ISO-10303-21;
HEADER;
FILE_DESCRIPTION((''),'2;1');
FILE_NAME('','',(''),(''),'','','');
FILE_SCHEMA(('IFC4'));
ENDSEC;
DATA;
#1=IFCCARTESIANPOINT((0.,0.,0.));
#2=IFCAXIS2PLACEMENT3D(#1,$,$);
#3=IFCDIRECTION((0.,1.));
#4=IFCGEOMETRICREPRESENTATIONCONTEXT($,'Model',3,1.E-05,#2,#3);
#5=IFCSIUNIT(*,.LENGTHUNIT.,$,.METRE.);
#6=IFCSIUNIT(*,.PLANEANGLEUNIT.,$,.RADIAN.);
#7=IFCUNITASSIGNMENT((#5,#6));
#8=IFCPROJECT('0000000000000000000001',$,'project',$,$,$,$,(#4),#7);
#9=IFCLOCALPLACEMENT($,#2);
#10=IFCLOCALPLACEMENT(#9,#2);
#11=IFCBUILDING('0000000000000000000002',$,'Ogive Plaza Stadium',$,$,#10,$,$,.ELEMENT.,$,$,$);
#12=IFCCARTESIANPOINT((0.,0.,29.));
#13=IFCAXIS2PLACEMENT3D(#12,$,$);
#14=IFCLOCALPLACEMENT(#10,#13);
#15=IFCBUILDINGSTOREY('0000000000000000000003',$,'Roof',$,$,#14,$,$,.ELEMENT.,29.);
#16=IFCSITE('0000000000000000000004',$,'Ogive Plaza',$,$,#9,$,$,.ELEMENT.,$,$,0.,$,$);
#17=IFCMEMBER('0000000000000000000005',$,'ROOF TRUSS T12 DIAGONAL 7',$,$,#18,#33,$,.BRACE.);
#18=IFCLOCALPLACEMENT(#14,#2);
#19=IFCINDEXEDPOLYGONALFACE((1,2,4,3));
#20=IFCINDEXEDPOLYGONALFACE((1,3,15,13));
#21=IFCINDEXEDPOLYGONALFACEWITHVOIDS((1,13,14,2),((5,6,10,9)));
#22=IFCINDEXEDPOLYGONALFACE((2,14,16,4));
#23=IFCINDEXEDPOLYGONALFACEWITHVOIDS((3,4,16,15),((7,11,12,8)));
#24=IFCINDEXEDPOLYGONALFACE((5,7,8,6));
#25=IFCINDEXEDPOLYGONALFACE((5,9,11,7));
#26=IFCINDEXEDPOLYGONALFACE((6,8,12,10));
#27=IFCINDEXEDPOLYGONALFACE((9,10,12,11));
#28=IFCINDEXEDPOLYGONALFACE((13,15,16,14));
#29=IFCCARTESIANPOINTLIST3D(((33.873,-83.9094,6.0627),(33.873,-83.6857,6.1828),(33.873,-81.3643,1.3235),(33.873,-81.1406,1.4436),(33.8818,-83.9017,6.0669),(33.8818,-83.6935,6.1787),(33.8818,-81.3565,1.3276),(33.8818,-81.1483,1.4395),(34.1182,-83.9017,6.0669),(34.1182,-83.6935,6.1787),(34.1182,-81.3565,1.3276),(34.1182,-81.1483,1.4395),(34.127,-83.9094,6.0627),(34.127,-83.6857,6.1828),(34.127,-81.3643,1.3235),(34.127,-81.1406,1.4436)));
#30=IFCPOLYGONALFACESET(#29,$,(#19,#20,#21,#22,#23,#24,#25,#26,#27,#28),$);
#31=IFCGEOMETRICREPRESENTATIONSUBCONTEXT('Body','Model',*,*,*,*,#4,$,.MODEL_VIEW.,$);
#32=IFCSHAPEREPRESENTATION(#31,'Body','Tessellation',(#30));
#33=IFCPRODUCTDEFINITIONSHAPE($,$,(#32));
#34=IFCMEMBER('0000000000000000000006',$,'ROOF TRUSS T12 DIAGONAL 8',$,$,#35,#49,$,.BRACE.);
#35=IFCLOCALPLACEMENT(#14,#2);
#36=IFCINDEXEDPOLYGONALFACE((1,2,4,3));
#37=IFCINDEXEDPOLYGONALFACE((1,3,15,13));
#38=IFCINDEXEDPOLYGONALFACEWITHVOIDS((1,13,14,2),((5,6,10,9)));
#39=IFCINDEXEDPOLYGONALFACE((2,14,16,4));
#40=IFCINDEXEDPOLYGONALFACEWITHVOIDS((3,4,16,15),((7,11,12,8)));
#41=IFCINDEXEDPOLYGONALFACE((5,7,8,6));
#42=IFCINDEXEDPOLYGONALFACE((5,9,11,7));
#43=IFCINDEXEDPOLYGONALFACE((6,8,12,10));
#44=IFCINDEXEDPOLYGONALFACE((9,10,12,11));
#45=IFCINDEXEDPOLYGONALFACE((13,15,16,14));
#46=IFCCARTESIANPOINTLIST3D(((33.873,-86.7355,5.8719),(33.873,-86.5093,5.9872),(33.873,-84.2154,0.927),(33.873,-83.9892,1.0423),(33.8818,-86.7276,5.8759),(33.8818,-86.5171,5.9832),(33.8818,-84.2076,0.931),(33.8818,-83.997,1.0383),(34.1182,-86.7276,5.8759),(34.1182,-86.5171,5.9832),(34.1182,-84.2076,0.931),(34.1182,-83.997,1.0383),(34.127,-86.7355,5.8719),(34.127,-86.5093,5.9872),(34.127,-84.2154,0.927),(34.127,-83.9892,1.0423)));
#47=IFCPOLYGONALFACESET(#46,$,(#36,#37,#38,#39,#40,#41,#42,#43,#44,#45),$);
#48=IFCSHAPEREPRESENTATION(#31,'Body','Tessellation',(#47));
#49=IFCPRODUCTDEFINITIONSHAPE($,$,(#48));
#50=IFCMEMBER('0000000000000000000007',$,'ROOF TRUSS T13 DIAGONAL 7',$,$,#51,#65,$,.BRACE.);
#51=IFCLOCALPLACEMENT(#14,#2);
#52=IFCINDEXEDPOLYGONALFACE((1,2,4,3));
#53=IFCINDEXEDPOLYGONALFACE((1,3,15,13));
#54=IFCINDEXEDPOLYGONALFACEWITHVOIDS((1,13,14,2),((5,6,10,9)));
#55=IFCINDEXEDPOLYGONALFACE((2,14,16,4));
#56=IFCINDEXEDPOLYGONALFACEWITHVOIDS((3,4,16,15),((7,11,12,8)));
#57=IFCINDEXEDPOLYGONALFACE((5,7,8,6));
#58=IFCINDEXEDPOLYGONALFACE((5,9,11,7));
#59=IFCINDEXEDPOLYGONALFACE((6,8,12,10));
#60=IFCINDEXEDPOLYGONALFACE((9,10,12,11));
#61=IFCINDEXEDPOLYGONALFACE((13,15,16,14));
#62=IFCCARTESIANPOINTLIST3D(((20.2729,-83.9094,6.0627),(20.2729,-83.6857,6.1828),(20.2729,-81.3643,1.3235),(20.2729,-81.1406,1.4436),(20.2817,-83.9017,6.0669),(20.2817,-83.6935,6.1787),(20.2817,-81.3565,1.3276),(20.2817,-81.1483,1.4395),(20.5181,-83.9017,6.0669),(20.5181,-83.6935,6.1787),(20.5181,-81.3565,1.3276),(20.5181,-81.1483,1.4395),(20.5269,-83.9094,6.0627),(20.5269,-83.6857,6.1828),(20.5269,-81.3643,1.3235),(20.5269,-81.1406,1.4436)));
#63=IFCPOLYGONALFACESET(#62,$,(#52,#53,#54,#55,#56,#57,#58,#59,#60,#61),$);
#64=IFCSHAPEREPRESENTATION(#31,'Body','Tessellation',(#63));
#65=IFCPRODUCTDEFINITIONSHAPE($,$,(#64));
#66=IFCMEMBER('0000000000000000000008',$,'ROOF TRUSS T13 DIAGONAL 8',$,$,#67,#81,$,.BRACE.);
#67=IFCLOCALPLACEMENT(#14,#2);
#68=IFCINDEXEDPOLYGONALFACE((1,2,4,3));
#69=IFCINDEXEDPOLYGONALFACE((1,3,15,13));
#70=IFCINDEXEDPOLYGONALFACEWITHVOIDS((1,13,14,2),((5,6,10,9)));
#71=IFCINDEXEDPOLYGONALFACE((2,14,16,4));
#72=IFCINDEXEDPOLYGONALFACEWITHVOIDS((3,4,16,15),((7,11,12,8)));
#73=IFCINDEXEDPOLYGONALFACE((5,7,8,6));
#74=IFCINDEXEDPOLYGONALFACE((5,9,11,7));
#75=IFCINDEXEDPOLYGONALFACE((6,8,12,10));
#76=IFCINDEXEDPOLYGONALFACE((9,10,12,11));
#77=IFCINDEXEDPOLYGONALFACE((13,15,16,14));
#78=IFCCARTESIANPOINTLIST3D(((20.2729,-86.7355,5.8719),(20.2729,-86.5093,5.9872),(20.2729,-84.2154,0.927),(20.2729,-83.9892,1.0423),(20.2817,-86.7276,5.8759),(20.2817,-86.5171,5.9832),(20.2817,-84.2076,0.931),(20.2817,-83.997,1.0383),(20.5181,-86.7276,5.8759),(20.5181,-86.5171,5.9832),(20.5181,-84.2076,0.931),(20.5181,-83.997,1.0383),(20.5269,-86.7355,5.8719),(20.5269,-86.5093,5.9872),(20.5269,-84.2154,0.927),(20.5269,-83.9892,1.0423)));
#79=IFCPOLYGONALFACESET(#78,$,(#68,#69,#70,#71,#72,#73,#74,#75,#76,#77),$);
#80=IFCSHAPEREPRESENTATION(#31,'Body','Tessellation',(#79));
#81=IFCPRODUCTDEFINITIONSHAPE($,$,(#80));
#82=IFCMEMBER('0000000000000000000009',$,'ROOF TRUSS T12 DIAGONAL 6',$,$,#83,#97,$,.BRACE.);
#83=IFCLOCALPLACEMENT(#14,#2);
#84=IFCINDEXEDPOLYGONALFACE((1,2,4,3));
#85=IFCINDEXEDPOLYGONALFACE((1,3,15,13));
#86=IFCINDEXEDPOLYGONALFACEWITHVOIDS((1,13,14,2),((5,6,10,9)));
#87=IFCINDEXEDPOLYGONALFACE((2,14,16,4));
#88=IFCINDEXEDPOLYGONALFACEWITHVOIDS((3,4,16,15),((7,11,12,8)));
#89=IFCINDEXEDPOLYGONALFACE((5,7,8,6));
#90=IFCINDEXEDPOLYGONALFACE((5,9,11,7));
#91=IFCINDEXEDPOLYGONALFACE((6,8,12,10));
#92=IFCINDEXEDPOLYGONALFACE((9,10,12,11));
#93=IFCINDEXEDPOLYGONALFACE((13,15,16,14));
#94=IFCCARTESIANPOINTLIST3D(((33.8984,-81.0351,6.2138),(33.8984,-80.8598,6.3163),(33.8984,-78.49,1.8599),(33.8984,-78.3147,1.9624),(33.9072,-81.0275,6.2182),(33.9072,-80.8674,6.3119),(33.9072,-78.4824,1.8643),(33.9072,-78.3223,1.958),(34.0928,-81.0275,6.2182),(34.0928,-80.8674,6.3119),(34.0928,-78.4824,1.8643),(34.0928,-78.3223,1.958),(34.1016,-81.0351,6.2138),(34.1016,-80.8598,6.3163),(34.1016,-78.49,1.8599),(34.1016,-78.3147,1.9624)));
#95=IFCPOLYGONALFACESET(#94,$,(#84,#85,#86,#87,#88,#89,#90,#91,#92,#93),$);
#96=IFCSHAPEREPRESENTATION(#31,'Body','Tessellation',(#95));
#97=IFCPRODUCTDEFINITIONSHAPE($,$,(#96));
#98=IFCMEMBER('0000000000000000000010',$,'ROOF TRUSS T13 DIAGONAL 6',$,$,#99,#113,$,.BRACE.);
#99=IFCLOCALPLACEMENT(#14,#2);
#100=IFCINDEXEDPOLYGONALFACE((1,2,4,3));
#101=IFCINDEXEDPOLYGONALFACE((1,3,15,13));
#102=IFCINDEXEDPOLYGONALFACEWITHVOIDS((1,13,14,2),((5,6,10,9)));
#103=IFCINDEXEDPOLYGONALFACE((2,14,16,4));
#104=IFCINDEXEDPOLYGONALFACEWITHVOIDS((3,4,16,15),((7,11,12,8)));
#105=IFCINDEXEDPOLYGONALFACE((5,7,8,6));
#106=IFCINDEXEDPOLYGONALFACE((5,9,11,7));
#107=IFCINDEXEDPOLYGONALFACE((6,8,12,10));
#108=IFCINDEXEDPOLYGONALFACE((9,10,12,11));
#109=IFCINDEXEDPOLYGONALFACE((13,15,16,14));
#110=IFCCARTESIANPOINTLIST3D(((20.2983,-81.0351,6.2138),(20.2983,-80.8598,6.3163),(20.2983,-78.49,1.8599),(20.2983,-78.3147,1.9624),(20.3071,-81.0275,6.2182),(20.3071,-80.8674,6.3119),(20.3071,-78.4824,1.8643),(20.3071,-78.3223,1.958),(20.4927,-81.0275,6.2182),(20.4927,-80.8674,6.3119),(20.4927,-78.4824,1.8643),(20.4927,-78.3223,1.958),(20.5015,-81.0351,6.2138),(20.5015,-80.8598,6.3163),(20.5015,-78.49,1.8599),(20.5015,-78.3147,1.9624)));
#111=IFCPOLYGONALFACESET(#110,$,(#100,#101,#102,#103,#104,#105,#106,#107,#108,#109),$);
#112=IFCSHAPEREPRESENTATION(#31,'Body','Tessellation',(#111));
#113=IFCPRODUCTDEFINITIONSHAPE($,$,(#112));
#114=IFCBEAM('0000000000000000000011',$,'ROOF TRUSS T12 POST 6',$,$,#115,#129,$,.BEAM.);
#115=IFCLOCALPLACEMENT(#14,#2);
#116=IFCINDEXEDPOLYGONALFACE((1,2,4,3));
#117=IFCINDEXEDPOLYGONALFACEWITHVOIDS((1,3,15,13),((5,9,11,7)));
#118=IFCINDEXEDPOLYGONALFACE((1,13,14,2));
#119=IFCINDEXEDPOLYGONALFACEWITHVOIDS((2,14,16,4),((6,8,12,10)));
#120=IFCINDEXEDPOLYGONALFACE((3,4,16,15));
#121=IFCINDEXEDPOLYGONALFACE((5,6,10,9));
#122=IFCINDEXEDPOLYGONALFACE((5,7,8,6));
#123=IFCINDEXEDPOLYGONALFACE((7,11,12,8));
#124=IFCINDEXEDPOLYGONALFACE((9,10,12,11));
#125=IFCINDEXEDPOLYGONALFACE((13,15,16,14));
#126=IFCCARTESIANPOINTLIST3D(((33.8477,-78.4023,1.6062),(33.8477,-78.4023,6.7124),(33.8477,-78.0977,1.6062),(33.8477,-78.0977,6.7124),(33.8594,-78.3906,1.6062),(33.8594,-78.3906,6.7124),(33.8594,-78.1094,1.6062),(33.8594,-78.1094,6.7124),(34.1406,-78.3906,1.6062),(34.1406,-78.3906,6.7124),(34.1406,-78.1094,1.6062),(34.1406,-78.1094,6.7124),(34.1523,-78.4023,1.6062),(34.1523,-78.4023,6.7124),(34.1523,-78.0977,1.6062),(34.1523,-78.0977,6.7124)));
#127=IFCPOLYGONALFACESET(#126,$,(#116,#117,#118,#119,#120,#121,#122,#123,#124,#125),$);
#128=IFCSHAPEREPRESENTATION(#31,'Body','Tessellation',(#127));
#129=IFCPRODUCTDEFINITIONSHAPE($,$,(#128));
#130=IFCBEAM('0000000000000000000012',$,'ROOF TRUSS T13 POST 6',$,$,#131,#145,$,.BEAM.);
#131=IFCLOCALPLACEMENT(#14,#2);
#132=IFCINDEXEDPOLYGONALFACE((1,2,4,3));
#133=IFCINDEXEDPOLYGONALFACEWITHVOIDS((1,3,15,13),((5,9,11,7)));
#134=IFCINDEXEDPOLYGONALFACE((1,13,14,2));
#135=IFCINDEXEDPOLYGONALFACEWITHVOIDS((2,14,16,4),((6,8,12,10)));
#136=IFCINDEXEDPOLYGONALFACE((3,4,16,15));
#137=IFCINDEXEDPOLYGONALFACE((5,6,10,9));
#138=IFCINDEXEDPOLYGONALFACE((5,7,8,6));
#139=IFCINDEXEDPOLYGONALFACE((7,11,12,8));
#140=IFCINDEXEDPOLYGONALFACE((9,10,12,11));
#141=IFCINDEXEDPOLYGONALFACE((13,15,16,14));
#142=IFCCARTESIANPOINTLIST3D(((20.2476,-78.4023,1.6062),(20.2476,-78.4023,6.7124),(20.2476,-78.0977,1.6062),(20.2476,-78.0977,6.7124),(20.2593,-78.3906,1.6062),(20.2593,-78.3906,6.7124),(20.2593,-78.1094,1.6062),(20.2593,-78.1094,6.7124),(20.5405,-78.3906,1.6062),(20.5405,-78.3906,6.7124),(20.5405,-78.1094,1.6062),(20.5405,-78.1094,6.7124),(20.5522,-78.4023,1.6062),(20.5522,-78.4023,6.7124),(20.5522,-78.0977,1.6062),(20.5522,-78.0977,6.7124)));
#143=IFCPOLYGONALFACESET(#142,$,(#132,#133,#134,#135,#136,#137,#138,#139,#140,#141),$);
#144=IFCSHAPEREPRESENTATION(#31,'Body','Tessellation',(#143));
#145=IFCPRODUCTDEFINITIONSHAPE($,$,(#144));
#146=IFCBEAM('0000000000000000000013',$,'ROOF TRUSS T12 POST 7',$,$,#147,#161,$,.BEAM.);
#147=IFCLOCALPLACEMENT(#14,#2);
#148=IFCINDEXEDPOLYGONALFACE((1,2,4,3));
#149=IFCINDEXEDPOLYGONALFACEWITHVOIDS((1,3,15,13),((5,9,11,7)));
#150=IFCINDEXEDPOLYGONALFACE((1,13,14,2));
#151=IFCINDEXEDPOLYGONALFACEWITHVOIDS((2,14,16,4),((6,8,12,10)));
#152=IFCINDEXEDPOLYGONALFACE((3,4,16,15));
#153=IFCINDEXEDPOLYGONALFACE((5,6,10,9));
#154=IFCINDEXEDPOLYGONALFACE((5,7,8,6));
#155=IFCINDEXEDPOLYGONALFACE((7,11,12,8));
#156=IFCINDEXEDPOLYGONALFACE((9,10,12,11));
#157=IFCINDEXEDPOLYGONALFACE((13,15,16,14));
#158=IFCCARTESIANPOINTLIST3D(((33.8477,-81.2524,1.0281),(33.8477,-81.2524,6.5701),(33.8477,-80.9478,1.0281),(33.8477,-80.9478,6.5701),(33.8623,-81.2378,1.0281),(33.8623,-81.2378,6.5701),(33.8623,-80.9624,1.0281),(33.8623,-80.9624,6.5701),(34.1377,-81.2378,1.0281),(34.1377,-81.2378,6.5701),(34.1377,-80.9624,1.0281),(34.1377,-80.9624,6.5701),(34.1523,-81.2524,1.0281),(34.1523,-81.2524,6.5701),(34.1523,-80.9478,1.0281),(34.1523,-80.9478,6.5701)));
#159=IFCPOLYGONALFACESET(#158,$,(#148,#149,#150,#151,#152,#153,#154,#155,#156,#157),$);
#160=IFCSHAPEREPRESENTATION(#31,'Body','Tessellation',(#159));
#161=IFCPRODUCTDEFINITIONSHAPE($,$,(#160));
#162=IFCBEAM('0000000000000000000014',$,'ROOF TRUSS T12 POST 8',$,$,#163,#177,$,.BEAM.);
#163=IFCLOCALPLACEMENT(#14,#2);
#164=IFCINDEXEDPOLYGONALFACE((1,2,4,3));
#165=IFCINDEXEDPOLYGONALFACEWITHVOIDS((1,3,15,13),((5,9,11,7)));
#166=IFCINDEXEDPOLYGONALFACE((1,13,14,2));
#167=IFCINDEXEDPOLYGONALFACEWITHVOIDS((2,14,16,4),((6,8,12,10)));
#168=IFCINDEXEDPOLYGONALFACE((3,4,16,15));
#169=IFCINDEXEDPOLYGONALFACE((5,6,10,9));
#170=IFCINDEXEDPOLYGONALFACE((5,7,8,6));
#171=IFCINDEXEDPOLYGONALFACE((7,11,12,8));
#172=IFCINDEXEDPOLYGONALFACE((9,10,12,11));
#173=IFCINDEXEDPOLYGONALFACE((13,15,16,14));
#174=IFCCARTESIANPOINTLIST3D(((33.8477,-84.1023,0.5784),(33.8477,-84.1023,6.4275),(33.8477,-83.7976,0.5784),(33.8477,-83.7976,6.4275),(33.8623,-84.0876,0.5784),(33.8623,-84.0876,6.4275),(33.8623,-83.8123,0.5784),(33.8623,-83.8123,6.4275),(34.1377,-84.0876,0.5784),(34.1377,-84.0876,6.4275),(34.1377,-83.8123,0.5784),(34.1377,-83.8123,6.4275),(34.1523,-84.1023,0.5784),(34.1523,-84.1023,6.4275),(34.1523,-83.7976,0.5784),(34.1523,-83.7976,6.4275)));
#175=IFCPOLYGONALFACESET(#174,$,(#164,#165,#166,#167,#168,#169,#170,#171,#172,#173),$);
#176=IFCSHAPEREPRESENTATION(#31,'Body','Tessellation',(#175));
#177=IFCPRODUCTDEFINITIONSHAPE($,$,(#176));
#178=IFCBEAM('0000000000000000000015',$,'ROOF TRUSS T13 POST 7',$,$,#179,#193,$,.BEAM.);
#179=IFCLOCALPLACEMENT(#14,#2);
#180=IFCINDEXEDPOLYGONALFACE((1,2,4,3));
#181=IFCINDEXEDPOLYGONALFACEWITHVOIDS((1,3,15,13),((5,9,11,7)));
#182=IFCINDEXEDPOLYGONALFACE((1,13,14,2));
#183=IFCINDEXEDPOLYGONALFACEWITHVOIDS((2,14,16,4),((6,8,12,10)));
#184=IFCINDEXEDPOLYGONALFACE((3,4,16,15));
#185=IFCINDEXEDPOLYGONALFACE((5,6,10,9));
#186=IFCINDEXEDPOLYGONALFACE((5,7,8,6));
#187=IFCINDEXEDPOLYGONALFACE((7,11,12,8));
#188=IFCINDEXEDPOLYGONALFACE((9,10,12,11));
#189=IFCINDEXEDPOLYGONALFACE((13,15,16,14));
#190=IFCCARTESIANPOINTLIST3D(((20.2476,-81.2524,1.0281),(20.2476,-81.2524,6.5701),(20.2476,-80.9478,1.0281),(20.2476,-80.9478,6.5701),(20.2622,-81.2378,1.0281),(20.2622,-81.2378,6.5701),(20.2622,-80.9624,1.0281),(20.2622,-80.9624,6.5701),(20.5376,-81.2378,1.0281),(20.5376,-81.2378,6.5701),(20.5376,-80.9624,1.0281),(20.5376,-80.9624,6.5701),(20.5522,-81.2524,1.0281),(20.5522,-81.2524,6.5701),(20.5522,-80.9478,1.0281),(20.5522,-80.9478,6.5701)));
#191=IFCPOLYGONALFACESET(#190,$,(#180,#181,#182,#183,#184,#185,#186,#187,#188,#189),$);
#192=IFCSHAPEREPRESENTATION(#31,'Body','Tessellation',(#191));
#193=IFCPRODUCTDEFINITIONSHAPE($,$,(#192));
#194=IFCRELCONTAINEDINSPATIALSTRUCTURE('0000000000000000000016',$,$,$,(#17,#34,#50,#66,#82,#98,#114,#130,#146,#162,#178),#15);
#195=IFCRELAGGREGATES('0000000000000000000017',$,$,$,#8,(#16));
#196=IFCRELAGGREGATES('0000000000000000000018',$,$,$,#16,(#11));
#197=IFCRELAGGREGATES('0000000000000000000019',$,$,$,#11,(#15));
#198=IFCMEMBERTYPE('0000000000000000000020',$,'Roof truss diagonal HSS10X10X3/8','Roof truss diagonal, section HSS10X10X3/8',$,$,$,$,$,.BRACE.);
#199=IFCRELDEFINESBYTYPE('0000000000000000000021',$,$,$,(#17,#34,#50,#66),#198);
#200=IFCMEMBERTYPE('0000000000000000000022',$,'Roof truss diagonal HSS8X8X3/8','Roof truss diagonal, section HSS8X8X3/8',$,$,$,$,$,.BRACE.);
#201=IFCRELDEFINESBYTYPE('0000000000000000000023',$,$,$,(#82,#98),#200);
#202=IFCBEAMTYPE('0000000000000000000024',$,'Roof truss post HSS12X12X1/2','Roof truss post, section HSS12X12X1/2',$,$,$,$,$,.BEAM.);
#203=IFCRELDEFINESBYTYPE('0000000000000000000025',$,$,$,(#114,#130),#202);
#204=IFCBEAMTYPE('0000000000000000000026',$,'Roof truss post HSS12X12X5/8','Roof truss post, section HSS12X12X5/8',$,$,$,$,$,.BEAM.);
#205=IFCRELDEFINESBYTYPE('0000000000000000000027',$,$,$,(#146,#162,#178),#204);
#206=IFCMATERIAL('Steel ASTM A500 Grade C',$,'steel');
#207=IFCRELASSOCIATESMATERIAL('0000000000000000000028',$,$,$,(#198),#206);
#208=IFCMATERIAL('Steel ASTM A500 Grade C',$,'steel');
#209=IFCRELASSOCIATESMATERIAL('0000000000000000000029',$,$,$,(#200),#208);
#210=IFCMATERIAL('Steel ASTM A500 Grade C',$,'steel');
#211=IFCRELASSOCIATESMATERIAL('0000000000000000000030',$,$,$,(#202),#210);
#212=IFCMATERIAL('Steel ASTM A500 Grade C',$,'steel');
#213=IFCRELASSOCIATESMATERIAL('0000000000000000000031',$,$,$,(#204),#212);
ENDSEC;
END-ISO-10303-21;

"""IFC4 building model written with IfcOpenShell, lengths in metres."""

from ifc_helpers import new_model, si_unit, direction, frame, origin, origin_2d, place, context, subcontext, project, spatial, hollow_rectangle, extrude, material, material_profile, profile_set, type_object, element, save


model = new_model("IFC4")

# Units and contexts
model_context = context("Model", 3, precision=1e-05, world=origin(), true_north=direction((0.0, 1.0)))
body_context = subcontext(model_context, "Body", "Model", "MODEL_VIEW")
ifc_project = project(units=[si_unit("LENGTHUNIT", "METRE"), si_unit("PLANEANGLEUNIT", "RADIAN")], contexts=[model_context])

# Site, building, storey
site_placement = place(None, origin())
site = spatial("IfcSite", under=ifc_project, at=site_placement, Name="Ogive Plaza", CompositionType="ELEMENT", RefElevation=0.0)
building_placement = place(site_placement, origin())
building = spatial("IfcBuilding", under=site, at=building_placement, Name="Ogive Plaza Stadium", CompositionType="ELEMENT")
storey_placement = place(building_placement, frame((0.0, 0.0, 29.0)))
storey = spatial("IfcBuildingStorey", under=building, at=storey_placement, Name="Roof", CompositionType="ELEMENT", Elevation=29.0)

# Members
ifc_material_1 = material(Name="Steel ASTM A500 Grade C", Category="steel")
ifc_material_profile_1 = material_profile(ifc_material_1, hollow_rectangle(XDim=0.2539, YDim=0.2539, WallThickness=0.0088, at=origin_2d()), Name="HSS10X10X3/8")
ifc_profile_set_1 = profile_set([ifc_material_profile_1], Name="Steel ASTM A500 Grade C")
member_type_1 = type_object("IfcMemberType", Name="Roof truss diagonal HSS10X10X3/8", Description="Roof truss diagonal, section HSS10X10X3/8", PredefinedType="BRACE", material=ifc_profile_set_1)
member_1_placement = place(storey_placement, frame((34.0, -81.2524, 1.3835), z_axis=(0.0, -0.473128, 0.880994), x_axis=(1.0, 0.0, 0.0)))
element("IfcMember", 1, at=member_1_placement, inside=storey, type_object=member_type_1, Name="ROOF TRUSS T12 DIAGONAL 7", PredefinedType="BRACE", context=body_context, shape_type="SweptSolid", body=[
    extrude(hollow_rectangle(XDim=0.2539, YDim=0.2539, WallThickness=0.0088, at=origin_2d()), origin(), (0.0, 0.0, 1.0), 5.3794),
])
member_2_placement = place(storey_placement, frame((34.0, -84.1023, 0.9846), z_axis=(0.0, -0.454063, 0.89097), x_axis=(1.0, 0.0, 0.0)))
element("IfcMember", 2, at=member_2_placement, inside=storey, type_object=member_type_1, Name="ROOF TRUSS T12 DIAGONAL 8", PredefinedType="BRACE", context=body_context, shape_type="SweptSolid", body=[
    extrude(hollow_rectangle(XDim=0.2539, YDim=0.2539, WallThickness=0.0088, at=origin_2d()), origin(), (0.0, 0.0, 1.0), 5.55),
])
member_3_placement = place(storey_placement, frame((20.3999, -81.2524, 1.3835), z_axis=(0.0, -0.473128, 0.880994), x_axis=(1.0, 0.0, 0.0)))
element("IfcMember", 3, at=member_3_placement, inside=storey, type_object=member_type_1, Name="ROOF TRUSS T13 DIAGONAL 7", PredefinedType="BRACE", context=body_context, shape_type="SweptSolid", body=[
    extrude(hollow_rectangle(XDim=0.2539, YDim=0.2539, WallThickness=0.0088, at=origin_2d()), origin(), (0.0, 0.0, 1.0), 5.3794),
])
member_4_placement = place(storey_placement, frame((20.3999, -84.1023, 0.9846), z_axis=(0.0, -0.454063, 0.89097), x_axis=(1.0, 0.0, 0.0)))
element("IfcMember", 4, at=member_4_placement, inside=storey, type_object=member_type_1, Name="ROOF TRUSS T13 DIAGONAL 8", PredefinedType="BRACE", context=body_context, shape_type="SweptSolid", body=[
    extrude(hollow_rectangle(XDim=0.2539, YDim=0.2539, WallThickness=0.0088, at=origin_2d()), origin(), (0.0, 0.0, 1.0), 5.55),
])
ifc_material_2 = material(Name="Steel ASTM A500 Grade C", Category="steel")
ifc_material_profile_2 = material_profile(ifc_material_2, hollow_rectangle(XDim=0.2031, YDim=0.2031, WallThickness=0.0088, at=origin_2d()), Name="HSS8X8X3/8")
ifc_profile_set_2 = profile_set([ifc_material_profile_2], Name="Steel ASTM A500 Grade C")
member_type_2 = type_object("IfcMemberType", Name="Roof truss diagonal HSS8X8X3/8", Description="Roof truss diagonal, section HSS8X8X3/8", PredefinedType="BRACE", material=ifc_profile_set_2)
for number, where, z_axis, x_axis, name in (
    (5, (34.0, -78.4023, 1.9111), (0.0, -0.504659, 0.863319), (1.0, 0.0, 0.0), "ROOF TRUSS T12 DIAGONAL 6"),
    (6, (20.3999, -78.4023, 1.9111), (0.0, -0.504659, 0.863319), (1.0, 0.0, 0.0), "ROOF TRUSS T13 DIAGONAL 6"),
):
    element("IfcMember", number, at=place(storey_placement, frame(where, z_axis=z_axis, x_axis=x_axis)), inside=storey, type_object=member_type_2, Name=name, PredefinedType="BRACE", context=body_context, shape_type="SweptSolid", body=[
        extrude(hollow_rectangle(XDim=0.2031, YDim=0.2031, WallThickness=0.0088, at=origin_2d()), origin(), (0.0, 0.0, 1.0), 5.0432),
    ])

# Beams
ifc_material_3 = material(Name="Steel ASTM A500 Grade C", Category="steel")
ifc_material_profile_3 = material_profile(ifc_material_3, hollow_rectangle(XDim=0.3047, YDim=0.3047, WallThickness=0.0117, at=origin_2d()), Name="HSS12X12X1/2")
ifc_profile_set_3 = profile_set([ifc_material_profile_3], Name="Steel ASTM A500 Grade C")
beam_type_1 = type_object("IfcBeamType", Name="Roof truss post HSS12X12X1/2", Description="Roof truss post, section HSS12X12X1/2", PredefinedType="BEAM", material=ifc_profile_set_3)
for number, where, z_axis, x_axis, name in (
    (7, (34.0, -78.25, 1.6062), (0.0, 0.0, 1.0), (1.0, 0.0, 0.0), "ROOF TRUSS T12 POST 6"),
    (8, (20.3999, -78.25, 1.6062), (0.0, 0.0, 1.0), (1.0, 0.0, 0.0), "ROOF TRUSS T13 POST 6"),
):
    element("IfcBeam", number, at=place(storey_placement, frame(where, z_axis=z_axis, x_axis=x_axis)), inside=storey, type_object=beam_type_1, Name=name, PredefinedType="BEAM", context=body_context, shape_type="SweptSolid", body=[
        extrude(hollow_rectangle(XDim=0.3047, YDim=0.3047, WallThickness=0.0117, at=origin_2d()), origin(), (0.0, 0.0, 1.0), 5.1062),
    ])
ifc_material_4 = material(Name="Steel ASTM A500 Grade C", Category="steel")
ifc_material_profile_4 = material_profile(ifc_material_4, hollow_rectangle(XDim=0.3047, YDim=0.3047, WallThickness=0.0146, at=origin_2d()), Name="HSS12X12X5/8")
ifc_profile_set_4 = profile_set([ifc_material_profile_4], Name="Steel ASTM A500 Grade C")
beam_type_2 = type_object("IfcBeamType", Name="Roof truss post HSS12X12X5/8", Description="Roof truss post, section HSS12X12X5/8", PredefinedType="BEAM", material=ifc_profile_set_4)
beam_1_placement = place(storey_placement, frame((34.0, -81.1001, 1.0281), z_axis=(0.0, 0.0, 1.0), x_axis=(1.0, 0.0, 0.0)))
element("IfcBeam", 9, at=beam_1_placement, inside=storey, type_object=beam_type_2, Name="ROOF TRUSS T12 POST 7", PredefinedType="BEAM", context=body_context, shape_type="SweptSolid", body=[
    extrude(hollow_rectangle(XDim=0.3047, YDim=0.3047, WallThickness=0.0146, at=origin_2d()), origin(), (0.0, 0.0, 1.0), 5.542),
])
beam_2_placement = place(storey_placement, frame((34.0, -83.95, 0.5784), z_axis=(0.0, 0.0, 1.0), x_axis=(1.0, 0.0, 0.0)))
element("IfcBeam", 10, at=beam_2_placement, inside=storey, type_object=beam_type_2, Name="ROOF TRUSS T12 POST 8", PredefinedType="BEAM", context=body_context, shape_type="SweptSolid", body=[
    extrude(hollow_rectangle(XDim=0.3047, YDim=0.3047, WallThickness=0.0146, at=origin_2d()), origin(), (0.0, 0.0, 1.0), 5.8491),
])
beam_3_placement = place(storey_placement, frame((20.3999, -81.1001, 1.0281), z_axis=(0.0, 0.0, 1.0), x_axis=(1.0, 0.0, 0.0)))
element("IfcBeam", 11, at=beam_3_placement, inside=storey, type_object=beam_type_2, Name="ROOF TRUSS T13 POST 7", PredefinedType="BEAM", context=body_context, shape_type="SweptSolid", body=[
    extrude(hollow_rectangle(XDim=0.3047, YDim=0.3047, WallThickness=0.0146, at=origin_2d()), origin(), (0.0, 0.0, 1.0), 5.542),
])

save(model, "model.ifc")
